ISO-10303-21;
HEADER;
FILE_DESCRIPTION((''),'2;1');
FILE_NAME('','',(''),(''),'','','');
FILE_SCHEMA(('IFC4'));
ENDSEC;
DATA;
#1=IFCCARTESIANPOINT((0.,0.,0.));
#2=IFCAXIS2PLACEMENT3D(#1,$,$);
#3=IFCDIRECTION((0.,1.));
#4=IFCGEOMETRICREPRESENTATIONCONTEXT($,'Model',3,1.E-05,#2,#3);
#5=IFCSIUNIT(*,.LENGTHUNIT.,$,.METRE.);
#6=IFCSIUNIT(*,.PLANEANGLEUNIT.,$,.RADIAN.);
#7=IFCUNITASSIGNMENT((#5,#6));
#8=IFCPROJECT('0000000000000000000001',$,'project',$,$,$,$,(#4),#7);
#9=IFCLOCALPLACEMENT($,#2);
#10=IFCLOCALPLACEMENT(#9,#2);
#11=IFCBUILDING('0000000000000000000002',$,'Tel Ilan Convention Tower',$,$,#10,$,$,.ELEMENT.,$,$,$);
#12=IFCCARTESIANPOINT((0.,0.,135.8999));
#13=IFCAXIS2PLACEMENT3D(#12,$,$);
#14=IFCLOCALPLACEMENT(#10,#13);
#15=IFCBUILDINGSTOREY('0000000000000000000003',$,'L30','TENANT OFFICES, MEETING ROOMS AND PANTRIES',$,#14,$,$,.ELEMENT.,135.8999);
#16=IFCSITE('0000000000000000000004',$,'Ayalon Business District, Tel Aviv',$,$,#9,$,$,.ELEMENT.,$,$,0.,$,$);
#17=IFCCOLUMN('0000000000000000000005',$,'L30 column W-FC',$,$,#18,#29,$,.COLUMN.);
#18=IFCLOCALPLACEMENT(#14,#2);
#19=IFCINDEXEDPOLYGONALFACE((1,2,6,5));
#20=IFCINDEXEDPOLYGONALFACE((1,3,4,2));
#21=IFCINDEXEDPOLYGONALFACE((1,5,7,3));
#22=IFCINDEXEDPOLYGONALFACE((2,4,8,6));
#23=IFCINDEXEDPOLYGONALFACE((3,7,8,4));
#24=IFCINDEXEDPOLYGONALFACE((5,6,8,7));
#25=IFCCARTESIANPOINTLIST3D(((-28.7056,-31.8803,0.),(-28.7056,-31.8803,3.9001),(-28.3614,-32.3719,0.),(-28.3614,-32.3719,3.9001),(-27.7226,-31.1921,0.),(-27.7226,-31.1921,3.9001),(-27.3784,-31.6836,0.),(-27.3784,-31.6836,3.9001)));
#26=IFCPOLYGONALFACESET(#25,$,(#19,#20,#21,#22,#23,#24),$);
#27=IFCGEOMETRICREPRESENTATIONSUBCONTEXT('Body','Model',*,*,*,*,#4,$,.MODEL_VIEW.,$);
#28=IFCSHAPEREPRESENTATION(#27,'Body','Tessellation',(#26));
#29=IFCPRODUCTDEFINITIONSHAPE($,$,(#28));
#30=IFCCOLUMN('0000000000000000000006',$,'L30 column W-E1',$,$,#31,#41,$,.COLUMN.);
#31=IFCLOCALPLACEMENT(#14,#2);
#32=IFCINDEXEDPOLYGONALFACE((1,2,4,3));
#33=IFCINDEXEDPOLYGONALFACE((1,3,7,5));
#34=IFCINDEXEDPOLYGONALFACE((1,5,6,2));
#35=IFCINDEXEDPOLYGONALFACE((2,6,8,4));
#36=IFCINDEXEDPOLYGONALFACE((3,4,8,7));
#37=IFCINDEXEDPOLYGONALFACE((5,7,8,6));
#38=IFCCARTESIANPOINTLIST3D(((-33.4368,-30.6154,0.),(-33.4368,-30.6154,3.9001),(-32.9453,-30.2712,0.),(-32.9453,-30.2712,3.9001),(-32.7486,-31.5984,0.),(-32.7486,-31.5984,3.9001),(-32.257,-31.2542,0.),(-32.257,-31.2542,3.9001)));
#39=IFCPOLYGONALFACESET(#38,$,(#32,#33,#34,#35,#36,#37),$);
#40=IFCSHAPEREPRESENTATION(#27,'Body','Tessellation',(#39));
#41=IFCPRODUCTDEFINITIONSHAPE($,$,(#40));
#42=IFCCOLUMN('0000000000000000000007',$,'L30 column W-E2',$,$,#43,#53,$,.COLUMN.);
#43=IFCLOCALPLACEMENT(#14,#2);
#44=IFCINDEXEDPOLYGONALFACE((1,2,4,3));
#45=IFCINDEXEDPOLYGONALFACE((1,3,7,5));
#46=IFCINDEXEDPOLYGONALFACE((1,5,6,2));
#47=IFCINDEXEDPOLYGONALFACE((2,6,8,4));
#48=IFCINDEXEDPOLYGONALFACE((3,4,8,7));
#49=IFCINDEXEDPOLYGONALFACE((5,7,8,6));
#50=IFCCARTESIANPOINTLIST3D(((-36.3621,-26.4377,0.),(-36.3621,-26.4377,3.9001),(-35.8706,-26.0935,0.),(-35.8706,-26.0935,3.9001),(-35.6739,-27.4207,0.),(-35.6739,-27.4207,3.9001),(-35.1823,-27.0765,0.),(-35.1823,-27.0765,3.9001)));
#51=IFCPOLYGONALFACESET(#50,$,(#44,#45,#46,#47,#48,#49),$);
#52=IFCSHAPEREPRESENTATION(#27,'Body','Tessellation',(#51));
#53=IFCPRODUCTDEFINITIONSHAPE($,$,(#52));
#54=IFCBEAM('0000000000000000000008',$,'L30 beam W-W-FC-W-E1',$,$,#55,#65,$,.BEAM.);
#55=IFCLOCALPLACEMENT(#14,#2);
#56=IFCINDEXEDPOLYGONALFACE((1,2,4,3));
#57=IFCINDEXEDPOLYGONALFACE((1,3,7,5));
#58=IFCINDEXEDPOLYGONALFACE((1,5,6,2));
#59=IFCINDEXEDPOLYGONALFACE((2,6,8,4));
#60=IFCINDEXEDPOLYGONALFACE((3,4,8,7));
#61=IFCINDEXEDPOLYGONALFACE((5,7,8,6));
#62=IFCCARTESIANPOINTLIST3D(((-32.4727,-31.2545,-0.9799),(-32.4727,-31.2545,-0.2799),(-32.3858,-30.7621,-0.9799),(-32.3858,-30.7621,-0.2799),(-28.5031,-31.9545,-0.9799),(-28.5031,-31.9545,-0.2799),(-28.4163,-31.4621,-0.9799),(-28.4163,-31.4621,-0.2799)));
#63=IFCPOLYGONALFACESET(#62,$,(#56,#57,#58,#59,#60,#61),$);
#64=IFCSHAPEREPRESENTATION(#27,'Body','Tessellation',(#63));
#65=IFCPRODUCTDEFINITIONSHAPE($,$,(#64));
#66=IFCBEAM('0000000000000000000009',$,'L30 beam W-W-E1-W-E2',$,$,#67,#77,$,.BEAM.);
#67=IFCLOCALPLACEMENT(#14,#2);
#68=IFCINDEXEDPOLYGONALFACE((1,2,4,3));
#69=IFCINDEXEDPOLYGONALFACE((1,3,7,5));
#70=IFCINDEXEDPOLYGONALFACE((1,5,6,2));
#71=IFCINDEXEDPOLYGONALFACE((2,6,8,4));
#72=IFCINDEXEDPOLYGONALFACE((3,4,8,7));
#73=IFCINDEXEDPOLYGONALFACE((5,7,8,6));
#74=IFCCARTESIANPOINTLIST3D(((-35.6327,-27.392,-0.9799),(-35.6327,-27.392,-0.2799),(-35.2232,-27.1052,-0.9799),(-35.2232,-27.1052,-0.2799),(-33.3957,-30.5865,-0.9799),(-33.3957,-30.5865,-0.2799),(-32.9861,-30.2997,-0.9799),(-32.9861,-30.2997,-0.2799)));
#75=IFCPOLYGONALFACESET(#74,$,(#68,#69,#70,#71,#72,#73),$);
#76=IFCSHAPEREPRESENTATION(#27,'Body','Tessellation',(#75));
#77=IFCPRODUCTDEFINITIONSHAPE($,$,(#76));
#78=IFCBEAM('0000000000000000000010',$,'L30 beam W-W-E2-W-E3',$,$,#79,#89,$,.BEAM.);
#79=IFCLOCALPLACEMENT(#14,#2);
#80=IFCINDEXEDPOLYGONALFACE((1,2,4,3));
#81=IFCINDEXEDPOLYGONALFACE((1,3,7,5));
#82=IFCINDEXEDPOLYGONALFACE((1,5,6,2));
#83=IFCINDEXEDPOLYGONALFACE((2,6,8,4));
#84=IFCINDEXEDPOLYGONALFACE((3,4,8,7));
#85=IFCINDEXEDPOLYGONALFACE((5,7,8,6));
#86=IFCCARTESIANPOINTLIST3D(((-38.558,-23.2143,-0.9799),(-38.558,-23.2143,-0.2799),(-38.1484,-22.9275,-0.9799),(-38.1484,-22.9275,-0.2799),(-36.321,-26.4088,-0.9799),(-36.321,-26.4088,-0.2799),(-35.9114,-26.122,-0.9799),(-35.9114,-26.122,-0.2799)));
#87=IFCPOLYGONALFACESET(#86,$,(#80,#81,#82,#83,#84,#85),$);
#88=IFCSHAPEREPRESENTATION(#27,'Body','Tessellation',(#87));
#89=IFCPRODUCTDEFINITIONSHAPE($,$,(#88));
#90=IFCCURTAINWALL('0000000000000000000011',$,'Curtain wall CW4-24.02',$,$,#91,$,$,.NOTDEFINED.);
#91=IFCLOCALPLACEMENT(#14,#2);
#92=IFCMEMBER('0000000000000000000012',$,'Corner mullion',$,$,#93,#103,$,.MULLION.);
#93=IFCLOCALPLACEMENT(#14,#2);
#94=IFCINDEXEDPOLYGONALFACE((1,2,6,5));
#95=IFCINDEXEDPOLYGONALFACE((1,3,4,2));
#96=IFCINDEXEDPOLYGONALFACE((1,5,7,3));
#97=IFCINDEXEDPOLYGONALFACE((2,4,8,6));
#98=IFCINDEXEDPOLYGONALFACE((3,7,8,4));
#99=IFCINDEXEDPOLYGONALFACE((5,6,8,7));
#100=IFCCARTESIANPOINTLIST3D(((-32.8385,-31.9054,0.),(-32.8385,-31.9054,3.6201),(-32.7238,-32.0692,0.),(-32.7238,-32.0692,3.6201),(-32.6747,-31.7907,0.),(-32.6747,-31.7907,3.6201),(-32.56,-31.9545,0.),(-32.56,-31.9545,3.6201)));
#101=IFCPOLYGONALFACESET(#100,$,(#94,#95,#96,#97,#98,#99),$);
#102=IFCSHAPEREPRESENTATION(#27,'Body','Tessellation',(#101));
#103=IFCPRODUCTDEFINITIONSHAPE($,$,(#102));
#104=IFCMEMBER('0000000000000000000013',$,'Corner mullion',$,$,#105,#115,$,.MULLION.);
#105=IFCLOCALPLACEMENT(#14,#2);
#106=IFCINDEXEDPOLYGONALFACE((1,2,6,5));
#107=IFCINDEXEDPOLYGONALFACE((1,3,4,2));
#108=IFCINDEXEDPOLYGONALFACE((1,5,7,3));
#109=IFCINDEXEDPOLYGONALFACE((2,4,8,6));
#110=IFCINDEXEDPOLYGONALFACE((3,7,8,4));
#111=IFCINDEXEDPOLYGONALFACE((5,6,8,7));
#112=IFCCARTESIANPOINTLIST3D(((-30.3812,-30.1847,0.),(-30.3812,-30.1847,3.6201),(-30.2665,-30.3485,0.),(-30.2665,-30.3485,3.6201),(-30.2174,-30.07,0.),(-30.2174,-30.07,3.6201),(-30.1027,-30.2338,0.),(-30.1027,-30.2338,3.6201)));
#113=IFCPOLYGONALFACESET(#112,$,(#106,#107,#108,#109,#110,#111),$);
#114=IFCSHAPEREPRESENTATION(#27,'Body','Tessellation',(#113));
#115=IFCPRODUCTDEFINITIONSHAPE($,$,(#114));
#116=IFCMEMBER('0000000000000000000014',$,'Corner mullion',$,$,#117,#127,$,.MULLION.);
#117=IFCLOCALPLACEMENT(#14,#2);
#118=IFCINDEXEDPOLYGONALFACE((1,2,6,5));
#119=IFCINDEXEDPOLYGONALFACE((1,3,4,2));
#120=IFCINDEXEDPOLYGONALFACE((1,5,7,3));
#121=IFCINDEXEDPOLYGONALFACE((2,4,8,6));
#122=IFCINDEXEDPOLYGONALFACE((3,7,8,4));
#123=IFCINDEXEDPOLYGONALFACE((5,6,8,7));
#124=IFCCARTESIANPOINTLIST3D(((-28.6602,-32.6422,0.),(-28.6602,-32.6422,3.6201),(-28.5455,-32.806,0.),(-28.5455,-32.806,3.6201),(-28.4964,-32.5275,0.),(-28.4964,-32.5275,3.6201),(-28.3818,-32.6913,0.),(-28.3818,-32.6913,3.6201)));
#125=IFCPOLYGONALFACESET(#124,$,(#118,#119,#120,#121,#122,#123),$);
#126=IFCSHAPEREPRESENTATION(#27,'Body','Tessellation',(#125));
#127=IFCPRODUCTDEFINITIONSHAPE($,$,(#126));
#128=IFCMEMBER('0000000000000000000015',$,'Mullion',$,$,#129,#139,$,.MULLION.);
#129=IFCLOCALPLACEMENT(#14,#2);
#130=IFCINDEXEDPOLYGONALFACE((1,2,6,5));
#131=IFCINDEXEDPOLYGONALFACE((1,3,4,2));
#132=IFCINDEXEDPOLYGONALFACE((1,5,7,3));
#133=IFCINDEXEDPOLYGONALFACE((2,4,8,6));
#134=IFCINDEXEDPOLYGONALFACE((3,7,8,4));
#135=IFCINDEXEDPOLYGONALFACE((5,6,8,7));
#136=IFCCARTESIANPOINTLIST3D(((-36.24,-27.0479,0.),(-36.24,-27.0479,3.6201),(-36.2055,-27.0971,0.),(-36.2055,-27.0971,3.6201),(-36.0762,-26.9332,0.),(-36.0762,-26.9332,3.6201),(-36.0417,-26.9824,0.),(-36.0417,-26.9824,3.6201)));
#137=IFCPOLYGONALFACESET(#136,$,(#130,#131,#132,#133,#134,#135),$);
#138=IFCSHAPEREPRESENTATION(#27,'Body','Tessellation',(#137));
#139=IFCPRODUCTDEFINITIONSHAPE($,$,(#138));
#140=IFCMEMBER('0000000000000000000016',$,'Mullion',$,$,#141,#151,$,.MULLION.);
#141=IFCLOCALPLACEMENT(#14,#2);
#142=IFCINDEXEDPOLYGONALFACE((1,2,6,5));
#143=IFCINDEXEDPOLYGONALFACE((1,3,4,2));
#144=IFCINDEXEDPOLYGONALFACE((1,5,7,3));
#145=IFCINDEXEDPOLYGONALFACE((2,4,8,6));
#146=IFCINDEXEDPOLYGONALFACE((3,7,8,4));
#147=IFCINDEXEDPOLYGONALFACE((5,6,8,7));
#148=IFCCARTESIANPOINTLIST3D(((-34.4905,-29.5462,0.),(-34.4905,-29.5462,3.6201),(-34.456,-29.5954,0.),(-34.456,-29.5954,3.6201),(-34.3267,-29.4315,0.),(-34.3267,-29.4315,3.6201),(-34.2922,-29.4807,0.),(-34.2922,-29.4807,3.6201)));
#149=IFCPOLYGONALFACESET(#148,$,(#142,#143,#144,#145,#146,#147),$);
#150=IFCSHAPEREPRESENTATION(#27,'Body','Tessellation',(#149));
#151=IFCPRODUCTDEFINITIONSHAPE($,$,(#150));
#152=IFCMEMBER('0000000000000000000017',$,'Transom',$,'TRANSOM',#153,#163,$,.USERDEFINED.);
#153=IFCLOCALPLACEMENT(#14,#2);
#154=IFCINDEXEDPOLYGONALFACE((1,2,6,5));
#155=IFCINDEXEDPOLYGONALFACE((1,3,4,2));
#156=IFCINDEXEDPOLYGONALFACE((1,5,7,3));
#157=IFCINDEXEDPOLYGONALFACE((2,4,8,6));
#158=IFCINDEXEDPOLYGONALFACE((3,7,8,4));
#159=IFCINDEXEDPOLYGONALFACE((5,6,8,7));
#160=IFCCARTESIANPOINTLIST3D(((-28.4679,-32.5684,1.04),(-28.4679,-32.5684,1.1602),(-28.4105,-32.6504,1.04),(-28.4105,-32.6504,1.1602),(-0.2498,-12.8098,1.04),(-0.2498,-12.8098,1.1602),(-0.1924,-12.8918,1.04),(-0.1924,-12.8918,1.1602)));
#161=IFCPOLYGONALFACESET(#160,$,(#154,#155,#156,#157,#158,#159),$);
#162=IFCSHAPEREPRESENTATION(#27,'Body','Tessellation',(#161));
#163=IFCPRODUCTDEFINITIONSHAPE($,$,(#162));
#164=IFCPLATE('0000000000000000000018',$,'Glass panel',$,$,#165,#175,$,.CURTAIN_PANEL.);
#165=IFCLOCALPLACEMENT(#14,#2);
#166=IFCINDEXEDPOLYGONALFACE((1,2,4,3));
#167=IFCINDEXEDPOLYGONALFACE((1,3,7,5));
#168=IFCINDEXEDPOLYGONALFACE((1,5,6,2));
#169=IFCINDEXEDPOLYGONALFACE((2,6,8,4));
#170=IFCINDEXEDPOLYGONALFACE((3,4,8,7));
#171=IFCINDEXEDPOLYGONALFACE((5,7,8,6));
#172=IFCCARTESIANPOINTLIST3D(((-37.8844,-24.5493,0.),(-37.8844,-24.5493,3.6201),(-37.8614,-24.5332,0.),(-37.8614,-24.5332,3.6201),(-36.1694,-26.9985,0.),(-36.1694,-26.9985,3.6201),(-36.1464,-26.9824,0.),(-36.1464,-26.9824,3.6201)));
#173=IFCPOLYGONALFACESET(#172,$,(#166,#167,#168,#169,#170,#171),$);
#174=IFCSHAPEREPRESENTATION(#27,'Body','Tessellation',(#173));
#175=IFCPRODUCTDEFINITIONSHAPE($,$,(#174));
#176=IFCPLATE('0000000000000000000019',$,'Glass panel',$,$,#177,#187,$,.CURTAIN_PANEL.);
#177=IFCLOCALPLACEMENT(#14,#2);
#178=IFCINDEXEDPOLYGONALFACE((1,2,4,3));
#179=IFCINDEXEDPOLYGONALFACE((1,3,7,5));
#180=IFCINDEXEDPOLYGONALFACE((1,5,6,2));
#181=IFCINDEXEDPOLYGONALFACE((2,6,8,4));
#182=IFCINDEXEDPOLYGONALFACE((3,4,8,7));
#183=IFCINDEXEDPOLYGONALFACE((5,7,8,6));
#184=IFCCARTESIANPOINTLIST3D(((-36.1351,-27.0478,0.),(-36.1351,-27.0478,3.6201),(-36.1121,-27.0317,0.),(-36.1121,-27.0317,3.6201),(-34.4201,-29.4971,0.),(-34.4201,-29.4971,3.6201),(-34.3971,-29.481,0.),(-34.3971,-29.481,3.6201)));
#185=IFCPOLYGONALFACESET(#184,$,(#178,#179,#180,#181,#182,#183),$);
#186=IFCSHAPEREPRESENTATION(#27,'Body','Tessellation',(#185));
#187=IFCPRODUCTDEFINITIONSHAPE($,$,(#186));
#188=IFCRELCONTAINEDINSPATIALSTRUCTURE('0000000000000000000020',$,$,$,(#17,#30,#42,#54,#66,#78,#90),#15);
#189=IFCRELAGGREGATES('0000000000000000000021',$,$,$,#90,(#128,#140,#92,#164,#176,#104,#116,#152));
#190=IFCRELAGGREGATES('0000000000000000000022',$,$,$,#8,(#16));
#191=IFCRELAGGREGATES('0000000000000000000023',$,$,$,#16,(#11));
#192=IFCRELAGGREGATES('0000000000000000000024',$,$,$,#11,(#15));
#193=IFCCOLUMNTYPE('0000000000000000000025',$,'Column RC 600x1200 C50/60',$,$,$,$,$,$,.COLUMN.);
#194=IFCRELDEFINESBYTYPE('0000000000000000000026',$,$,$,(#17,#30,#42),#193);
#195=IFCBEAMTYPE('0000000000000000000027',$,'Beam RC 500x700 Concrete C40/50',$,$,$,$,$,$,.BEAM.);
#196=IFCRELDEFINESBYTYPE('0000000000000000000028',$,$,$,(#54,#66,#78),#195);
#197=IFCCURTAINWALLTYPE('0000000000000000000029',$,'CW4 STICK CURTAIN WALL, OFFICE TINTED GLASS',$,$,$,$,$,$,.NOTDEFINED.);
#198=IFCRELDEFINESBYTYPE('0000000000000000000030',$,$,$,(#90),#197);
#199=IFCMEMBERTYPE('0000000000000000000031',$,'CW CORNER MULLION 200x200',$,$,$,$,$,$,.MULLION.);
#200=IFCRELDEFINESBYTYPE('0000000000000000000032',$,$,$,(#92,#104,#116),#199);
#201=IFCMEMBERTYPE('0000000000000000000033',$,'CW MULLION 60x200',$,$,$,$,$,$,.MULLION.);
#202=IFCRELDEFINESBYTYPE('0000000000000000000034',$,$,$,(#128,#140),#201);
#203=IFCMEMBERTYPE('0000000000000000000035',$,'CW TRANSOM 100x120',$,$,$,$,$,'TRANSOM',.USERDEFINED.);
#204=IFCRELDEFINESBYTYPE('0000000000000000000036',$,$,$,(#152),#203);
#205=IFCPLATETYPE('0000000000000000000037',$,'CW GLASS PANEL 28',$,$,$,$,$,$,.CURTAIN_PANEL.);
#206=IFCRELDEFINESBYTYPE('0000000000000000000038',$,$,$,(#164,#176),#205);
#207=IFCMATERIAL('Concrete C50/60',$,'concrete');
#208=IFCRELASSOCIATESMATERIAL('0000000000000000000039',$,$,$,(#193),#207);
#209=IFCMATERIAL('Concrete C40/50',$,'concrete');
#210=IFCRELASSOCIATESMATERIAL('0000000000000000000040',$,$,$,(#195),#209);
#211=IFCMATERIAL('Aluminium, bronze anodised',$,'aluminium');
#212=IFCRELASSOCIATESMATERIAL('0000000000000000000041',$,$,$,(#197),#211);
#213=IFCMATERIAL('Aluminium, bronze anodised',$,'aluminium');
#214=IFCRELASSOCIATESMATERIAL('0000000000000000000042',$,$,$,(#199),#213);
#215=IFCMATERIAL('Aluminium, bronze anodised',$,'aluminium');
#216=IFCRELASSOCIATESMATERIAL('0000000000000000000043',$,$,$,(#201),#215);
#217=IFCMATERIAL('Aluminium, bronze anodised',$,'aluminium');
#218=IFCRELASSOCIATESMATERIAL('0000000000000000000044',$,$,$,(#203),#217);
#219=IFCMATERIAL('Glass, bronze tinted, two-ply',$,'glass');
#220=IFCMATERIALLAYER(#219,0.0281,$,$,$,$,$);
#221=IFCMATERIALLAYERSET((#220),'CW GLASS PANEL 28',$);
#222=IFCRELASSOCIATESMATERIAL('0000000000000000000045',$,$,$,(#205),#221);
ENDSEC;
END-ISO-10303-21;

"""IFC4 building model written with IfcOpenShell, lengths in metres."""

from ifc_helpers import new_model, si_unit, direction, frame, origin, origin_2d, place, context, subcontext, project, spatial, rectangle, extrude, material, layer, layer_set, material_profile, profile_set, type_object, element, aggregate, save


model = new_model("IFC4")

# Units and contexts
model_context = context("Model", 3, precision=1e-05, world=origin(), true_north=direction((0.0, 1.0)))
body_context = subcontext(model_context, "Body", "Model", "MODEL_VIEW")
ifc_project = project(units=[si_unit("LENGTHUNIT", "METRE"), si_unit("PLANEANGLEUNIT", "RADIAN")], contexts=[model_context])

# Site, building, storey
site_placement = place(None, origin())
site = spatial("IfcSite", under=ifc_project, at=site_placement, Name="Ayalon Business District, Tel Aviv", CompositionType="ELEMENT", RefElevation=0.0)
building_placement = place(site_placement, origin())
building = spatial("IfcBuilding", under=site, at=building_placement, Name="Tel Ilan Convention Tower", CompositionType="ELEMENT")
storey_placement = place(building_placement, frame((0.0, 0.0, 135.8999)))
storey = spatial("IfcBuildingStorey", under=building, at=storey_placement, Name="L30", Description="TENANT OFFICES, MEETING ROOMS AND PANTRIES", CompositionType="ELEMENT", Elevation=135.8999)

# Columns
ifc_material_1 = material(Name="Concrete C50/60", Category="concrete")
ifc_material_profile_1 = material_profile(ifc_material_1, rectangle(XDim=1.2, YDim=0.6001, at=origin_2d()), Name="RC 600x1200")
ifc_profile_set_1 = profile_set([ifc_material_profile_1], Name="Concrete C50/60")
column_type = type_object("IfcColumnType", Name="Column RC 600x1200 C50/60", PredefinedType="COLUMN", material=ifc_profile_set_1)
for number, where, z_axis, x_axis, name in (
    (1, (-28.042, -31.782, 0.0), (0.0, 0.0, 1.0), (-0.819152, -0.573576, 0.0), "L30 column W-FC"),
    (2, (-32.8469, -30.9348, 0.0), (0.0, 0.0, 1.0), (-0.573576, 0.819152, 0.0), "L30 column W-E1"),
    (3, (-35.7722, -26.7571, 0.0), (0.0, 0.0, 1.0), (-0.573576, 0.819152, 0.0), "L30 column W-E2"),
):
    element("IfcColumn", number, at=place(storey_placement, frame(where, z_axis=z_axis, x_axis=x_axis)), inside=storey, type_object=column_type, Name=name, PredefinedType="COLUMN", context=body_context, shape_type="SweptSolid", body=[
        extrude(rectangle(XDim=1.2, YDim=0.6001, at=origin_2d()), origin(), (0.0, 0.0, 1.0), 3.9001),
    ])

# Beams
ifc_material_2 = material(Name="Concrete C40/50", Category="concrete")
ifc_material_profile_2 = material_profile(ifc_material_2, rectangle(XDim=0.5, YDim=0.7, at=origin_2d()), Name="RC 500x700")
ifc_profile_set_2 = profile_set([ifc_material_profile_2], Name="Concrete C40/50")
beam_type = type_object("IfcBeamType", Name="Beam RC 500x700 Concrete C40/50", PredefinedType="BEAM", material=ifc_profile_set_2)
beam_placement = place(storey_placement, frame((-28.4597, -31.7083, -0.6299), z_axis=(-0.984807, 0.173654, 0.0), x_axis=(-0.173654, -0.984807, 0.0)))
element("IfcBeam", 4, at=beam_placement, inside=storey, type_object=beam_type, Name="L30 beam W-W-FC-W-E1", PredefinedType="BEAM", context=body_context, shape_type="SweptSolid", body=[
    extrude(rectangle(XDim=0.5, YDim=0.7, at=origin_2d()), origin(), (0.0, 0.0, 1.0), 4.0308),
])
for number, where, z_axis, x_axis, name in (
    (5, (-33.1909, -30.4431, -0.6299), (-0.573609, 0.819129, 0.0), (-0.819129, -0.573609, 0.0), "L30 beam W-W-E1-W-E2"),
    (6, (-36.1162, -26.2654, -0.6299), (-0.573609, 0.819129, 0.0), (-0.819129, -0.573609, 0.0), "L30 beam W-W-E2-W-E3"),
):
    element("IfcBeam", number, at=place(storey_placement, frame(where, z_axis=z_axis, x_axis=x_axis)), inside=storey, type_object=beam_type, Name=name, PredefinedType="BEAM", context=body_context, shape_type="SweptSolid", body=[
        extrude(rectangle(XDim=0.5, YDim=0.7, at=origin_2d()), origin(), (0.0, 0.0, 1.0), 3.8999),
    ])

# Curtain wall, members, plates
ifc_material_3 = material(Name="Aluminium, bronze anodised", Category="aluminium")
curtain_wall_type = type_object("IfcCurtainWallType", Name="CW4 STICK CURTAIN WALL, OFFICE TINTED GLASS", PredefinedType="NOTDEFINED", material=ifc_material_3)
curtain_wall_placement = place(storey_placement, origin())
curtain_wall = element("IfcCurtainWall", 7, at=curtain_wall_placement, inside=storey, type_object=curtain_wall_type, Name="Curtain wall CW4-24.02", PredefinedType="NOTDEFINED")
ifc_material_4 = material(Name="Aluminium, bronze anodised", Category="aluminium")
ifc_material_profile_3 = material_profile(ifc_material_4, rectangle(XDim=0.2, YDim=0.2, at=origin_2d()), Name="CW CORNER MULLION 200x200")
ifc_profile_set_3 = profile_set([ifc_material_profile_3], Name="Aluminium, bronze anodised")
member_type_1 = type_object("IfcMemberType", Name="CW CORNER MULLION 200x200", PredefinedType="MULLION", material=ifc_profile_set_3)
member_1_placement = place(storey_placement, frame((-32.6992, -31.9299, 0.0), z_axis=(0.0, 0.0, 1.0), x_axis=(0.573576, -0.819152, 0.0)))
member_1 = element("IfcMember", 8, at=member_1_placement, type_object=member_type_1, Name="Corner mullion", PredefinedType="MULLION", context=body_context, shape_type="SweptSolid", body=[
    extrude(rectangle(XDim=0.2, YDim=0.2, at=origin_2d()), origin(), (0.0, 0.0, 1.0), 3.6201),
])
member_2_placement = place(storey_placement, frame((-30.2419, -30.2092, 0.0), z_axis=(0.0, 0.0, 1.0), x_axis=(0.819152, 0.573576, 0.0)))
member_2 = element("IfcMember", 9, at=member_2_placement, type_object=member_type_1, Name="Corner mullion", PredefinedType="MULLION", context=body_context, shape_type="SweptSolid", body=[
    extrude(rectangle(XDim=0.2, YDim=0.2, at=origin_2d()), origin(), (0.0, 0.0, 1.0), 3.6201),
])
member_3_placement = place(storey_placement, frame((-28.521, -32.6667, 0.0), z_axis=(0.0, 0.0, 1.0), x_axis=(0.573576, -0.819152, 0.0)))
member_3 = element("IfcMember", 10, at=member_3_placement, type_object=member_type_1, Name="Corner mullion", PredefinedType="MULLION", context=body_context, shape_type="SweptSolid", body=[
    extrude(rectangle(XDim=0.2, YDim=0.2, at=origin_2d()), origin(), (0.0, 0.0, 1.0), 3.6201),
])
ifc_material_5 = material(Name="Aluminium, bronze anodised", Category="aluminium")
ifc_material_profile_4 = material_profile(ifc_material_5, rectangle(XDim=0.0601, YDim=0.2, at=origin_2d()), Name="CW MULLION 60x200")
ifc_profile_set_4 = profile_set([ifc_material_profile_4], Name="Aluminium, bronze anodised")
member_type_2 = type_object("IfcMemberType", Name="CW MULLION 60x200", PredefinedType="MULLION", material=ifc_profile_set_4)
member_4_placement = place(storey_placement, frame((-36.1409, -27.0151, 0.0), z_axis=(0.0, 0.0, 1.0), x_axis=(0.573576, -0.819152, 0.0)))
member_4 = element("IfcMember", 11, at=member_4_placement, type_object=member_type_2, Name="Mullion", PredefinedType="MULLION", context=body_context, shape_type="SweptSolid", body=[
    extrude(rectangle(XDim=0.0601, YDim=0.2, at=origin_2d()), origin(), (0.0, 0.0, 1.0), 3.6201),
])
member_5_placement = place(storey_placement, frame((-34.3914, -29.5134, 0.0), z_axis=(0.0, 0.0, 1.0), x_axis=(0.573576, -0.819152, 0.0)))
member_5 = element("IfcMember", 12, at=member_5_placement, type_object=member_type_2, Name="Mullion", PredefinedType="MULLION", context=body_context, shape_type="SweptSolid", body=[
    extrude(rectangle(XDim=0.0601, YDim=0.2, at=origin_2d()), origin(), (0.0, 0.0, 1.0), 3.6201),
])
ifc_material_6 = material(Name="Aluminium, bronze anodised", Category="aluminium")
ifc_material_profile_5 = material_profile(ifc_material_6, rectangle(XDim=0.1001, YDim=0.1201, at=origin_2d()), Name="CW TRANSOM 100x120")
ifc_profile_set_5 = profile_set([ifc_material_profile_5], Name="Aluminium, bronze anodised")
member_type_3 = type_object("IfcMemberType", Name="CW TRANSOM 100x120", ElementType="TRANSOM", PredefinedType="USERDEFINED", material=ifc_profile_set_5)
member_6_placement = place(storey_placement, frame((-28.4392, -32.6094, 1.1001), z_axis=(0.819151, 0.573578, 0.0), x_axis=(-0.573578, 0.819151, 0.0)))
member_6 = element("IfcMember", 13, at=member_6_placement, type_object=member_type_3, Name="Transom", ObjectType="TRANSOM", PredefinedType="USERDEFINED", context=body_context, shape_type="SweptSolid", body=[
    extrude(rectangle(XDim=0.1001, YDim=0.1201, at=origin_2d()), origin(), (0.0, 0.0, 1.0), 34.448),
])
ifc_material_7 = material(Name="Glass, bronze tinted, two-ply", Category="glass")
ifc_layer_1 = layer(ifc_material_7, 0.0281)
ifc_layer_set_1 = layer_set([ifc_layer_1], Name="CW GLASS PANEL 28")
plate_type = type_object("IfcPlateType", Name="CW GLASS PANEL 28", PredefinedType="CURTAIN_PANEL", material=ifc_layer_set_1)
plate_1_placement = place(storey_placement, frame((-37.0154, -25.7659, 0.0), z_axis=(0.0, 0.0, 1.0), x_axis=(0.573576, -0.819152, 0.0)))
plate_1 = element("IfcPlate", 14, at=plate_1_placement, type_object=plate_type, Name="Glass panel", PredefinedType="CURTAIN_PANEL", context=body_context, shape_type="SweptSolid", body=[
    extrude(rectangle(XDim=2.99, YDim=0.0281, at=origin_2d()), origin(), (0.0, 0.0, 1.0), 3.6201),
])
plate_2_placement = place(storey_placement, frame((-35.2661, -28.2644, 0.0), z_axis=(0.0, 0.0, 1.0), x_axis=(0.573576, -0.819152, 0.0)))
plate_2 = element("IfcPlate", 15, at=plate_2_placement, type_object=plate_type, Name="Glass panel", PredefinedType="CURTAIN_PANEL", context=body_context, shape_type="SweptSolid", body=[
    extrude(rectangle(XDim=2.99, YDim=0.0281, at=origin_2d()), origin(), (0.0, 0.0, 1.0), 3.6201),
])
aggregate(curtain_wall, [member_4, member_5, member_1, plate_1, plate_2, member_2, member_3, member_6])

save(model, "model.ifc")
